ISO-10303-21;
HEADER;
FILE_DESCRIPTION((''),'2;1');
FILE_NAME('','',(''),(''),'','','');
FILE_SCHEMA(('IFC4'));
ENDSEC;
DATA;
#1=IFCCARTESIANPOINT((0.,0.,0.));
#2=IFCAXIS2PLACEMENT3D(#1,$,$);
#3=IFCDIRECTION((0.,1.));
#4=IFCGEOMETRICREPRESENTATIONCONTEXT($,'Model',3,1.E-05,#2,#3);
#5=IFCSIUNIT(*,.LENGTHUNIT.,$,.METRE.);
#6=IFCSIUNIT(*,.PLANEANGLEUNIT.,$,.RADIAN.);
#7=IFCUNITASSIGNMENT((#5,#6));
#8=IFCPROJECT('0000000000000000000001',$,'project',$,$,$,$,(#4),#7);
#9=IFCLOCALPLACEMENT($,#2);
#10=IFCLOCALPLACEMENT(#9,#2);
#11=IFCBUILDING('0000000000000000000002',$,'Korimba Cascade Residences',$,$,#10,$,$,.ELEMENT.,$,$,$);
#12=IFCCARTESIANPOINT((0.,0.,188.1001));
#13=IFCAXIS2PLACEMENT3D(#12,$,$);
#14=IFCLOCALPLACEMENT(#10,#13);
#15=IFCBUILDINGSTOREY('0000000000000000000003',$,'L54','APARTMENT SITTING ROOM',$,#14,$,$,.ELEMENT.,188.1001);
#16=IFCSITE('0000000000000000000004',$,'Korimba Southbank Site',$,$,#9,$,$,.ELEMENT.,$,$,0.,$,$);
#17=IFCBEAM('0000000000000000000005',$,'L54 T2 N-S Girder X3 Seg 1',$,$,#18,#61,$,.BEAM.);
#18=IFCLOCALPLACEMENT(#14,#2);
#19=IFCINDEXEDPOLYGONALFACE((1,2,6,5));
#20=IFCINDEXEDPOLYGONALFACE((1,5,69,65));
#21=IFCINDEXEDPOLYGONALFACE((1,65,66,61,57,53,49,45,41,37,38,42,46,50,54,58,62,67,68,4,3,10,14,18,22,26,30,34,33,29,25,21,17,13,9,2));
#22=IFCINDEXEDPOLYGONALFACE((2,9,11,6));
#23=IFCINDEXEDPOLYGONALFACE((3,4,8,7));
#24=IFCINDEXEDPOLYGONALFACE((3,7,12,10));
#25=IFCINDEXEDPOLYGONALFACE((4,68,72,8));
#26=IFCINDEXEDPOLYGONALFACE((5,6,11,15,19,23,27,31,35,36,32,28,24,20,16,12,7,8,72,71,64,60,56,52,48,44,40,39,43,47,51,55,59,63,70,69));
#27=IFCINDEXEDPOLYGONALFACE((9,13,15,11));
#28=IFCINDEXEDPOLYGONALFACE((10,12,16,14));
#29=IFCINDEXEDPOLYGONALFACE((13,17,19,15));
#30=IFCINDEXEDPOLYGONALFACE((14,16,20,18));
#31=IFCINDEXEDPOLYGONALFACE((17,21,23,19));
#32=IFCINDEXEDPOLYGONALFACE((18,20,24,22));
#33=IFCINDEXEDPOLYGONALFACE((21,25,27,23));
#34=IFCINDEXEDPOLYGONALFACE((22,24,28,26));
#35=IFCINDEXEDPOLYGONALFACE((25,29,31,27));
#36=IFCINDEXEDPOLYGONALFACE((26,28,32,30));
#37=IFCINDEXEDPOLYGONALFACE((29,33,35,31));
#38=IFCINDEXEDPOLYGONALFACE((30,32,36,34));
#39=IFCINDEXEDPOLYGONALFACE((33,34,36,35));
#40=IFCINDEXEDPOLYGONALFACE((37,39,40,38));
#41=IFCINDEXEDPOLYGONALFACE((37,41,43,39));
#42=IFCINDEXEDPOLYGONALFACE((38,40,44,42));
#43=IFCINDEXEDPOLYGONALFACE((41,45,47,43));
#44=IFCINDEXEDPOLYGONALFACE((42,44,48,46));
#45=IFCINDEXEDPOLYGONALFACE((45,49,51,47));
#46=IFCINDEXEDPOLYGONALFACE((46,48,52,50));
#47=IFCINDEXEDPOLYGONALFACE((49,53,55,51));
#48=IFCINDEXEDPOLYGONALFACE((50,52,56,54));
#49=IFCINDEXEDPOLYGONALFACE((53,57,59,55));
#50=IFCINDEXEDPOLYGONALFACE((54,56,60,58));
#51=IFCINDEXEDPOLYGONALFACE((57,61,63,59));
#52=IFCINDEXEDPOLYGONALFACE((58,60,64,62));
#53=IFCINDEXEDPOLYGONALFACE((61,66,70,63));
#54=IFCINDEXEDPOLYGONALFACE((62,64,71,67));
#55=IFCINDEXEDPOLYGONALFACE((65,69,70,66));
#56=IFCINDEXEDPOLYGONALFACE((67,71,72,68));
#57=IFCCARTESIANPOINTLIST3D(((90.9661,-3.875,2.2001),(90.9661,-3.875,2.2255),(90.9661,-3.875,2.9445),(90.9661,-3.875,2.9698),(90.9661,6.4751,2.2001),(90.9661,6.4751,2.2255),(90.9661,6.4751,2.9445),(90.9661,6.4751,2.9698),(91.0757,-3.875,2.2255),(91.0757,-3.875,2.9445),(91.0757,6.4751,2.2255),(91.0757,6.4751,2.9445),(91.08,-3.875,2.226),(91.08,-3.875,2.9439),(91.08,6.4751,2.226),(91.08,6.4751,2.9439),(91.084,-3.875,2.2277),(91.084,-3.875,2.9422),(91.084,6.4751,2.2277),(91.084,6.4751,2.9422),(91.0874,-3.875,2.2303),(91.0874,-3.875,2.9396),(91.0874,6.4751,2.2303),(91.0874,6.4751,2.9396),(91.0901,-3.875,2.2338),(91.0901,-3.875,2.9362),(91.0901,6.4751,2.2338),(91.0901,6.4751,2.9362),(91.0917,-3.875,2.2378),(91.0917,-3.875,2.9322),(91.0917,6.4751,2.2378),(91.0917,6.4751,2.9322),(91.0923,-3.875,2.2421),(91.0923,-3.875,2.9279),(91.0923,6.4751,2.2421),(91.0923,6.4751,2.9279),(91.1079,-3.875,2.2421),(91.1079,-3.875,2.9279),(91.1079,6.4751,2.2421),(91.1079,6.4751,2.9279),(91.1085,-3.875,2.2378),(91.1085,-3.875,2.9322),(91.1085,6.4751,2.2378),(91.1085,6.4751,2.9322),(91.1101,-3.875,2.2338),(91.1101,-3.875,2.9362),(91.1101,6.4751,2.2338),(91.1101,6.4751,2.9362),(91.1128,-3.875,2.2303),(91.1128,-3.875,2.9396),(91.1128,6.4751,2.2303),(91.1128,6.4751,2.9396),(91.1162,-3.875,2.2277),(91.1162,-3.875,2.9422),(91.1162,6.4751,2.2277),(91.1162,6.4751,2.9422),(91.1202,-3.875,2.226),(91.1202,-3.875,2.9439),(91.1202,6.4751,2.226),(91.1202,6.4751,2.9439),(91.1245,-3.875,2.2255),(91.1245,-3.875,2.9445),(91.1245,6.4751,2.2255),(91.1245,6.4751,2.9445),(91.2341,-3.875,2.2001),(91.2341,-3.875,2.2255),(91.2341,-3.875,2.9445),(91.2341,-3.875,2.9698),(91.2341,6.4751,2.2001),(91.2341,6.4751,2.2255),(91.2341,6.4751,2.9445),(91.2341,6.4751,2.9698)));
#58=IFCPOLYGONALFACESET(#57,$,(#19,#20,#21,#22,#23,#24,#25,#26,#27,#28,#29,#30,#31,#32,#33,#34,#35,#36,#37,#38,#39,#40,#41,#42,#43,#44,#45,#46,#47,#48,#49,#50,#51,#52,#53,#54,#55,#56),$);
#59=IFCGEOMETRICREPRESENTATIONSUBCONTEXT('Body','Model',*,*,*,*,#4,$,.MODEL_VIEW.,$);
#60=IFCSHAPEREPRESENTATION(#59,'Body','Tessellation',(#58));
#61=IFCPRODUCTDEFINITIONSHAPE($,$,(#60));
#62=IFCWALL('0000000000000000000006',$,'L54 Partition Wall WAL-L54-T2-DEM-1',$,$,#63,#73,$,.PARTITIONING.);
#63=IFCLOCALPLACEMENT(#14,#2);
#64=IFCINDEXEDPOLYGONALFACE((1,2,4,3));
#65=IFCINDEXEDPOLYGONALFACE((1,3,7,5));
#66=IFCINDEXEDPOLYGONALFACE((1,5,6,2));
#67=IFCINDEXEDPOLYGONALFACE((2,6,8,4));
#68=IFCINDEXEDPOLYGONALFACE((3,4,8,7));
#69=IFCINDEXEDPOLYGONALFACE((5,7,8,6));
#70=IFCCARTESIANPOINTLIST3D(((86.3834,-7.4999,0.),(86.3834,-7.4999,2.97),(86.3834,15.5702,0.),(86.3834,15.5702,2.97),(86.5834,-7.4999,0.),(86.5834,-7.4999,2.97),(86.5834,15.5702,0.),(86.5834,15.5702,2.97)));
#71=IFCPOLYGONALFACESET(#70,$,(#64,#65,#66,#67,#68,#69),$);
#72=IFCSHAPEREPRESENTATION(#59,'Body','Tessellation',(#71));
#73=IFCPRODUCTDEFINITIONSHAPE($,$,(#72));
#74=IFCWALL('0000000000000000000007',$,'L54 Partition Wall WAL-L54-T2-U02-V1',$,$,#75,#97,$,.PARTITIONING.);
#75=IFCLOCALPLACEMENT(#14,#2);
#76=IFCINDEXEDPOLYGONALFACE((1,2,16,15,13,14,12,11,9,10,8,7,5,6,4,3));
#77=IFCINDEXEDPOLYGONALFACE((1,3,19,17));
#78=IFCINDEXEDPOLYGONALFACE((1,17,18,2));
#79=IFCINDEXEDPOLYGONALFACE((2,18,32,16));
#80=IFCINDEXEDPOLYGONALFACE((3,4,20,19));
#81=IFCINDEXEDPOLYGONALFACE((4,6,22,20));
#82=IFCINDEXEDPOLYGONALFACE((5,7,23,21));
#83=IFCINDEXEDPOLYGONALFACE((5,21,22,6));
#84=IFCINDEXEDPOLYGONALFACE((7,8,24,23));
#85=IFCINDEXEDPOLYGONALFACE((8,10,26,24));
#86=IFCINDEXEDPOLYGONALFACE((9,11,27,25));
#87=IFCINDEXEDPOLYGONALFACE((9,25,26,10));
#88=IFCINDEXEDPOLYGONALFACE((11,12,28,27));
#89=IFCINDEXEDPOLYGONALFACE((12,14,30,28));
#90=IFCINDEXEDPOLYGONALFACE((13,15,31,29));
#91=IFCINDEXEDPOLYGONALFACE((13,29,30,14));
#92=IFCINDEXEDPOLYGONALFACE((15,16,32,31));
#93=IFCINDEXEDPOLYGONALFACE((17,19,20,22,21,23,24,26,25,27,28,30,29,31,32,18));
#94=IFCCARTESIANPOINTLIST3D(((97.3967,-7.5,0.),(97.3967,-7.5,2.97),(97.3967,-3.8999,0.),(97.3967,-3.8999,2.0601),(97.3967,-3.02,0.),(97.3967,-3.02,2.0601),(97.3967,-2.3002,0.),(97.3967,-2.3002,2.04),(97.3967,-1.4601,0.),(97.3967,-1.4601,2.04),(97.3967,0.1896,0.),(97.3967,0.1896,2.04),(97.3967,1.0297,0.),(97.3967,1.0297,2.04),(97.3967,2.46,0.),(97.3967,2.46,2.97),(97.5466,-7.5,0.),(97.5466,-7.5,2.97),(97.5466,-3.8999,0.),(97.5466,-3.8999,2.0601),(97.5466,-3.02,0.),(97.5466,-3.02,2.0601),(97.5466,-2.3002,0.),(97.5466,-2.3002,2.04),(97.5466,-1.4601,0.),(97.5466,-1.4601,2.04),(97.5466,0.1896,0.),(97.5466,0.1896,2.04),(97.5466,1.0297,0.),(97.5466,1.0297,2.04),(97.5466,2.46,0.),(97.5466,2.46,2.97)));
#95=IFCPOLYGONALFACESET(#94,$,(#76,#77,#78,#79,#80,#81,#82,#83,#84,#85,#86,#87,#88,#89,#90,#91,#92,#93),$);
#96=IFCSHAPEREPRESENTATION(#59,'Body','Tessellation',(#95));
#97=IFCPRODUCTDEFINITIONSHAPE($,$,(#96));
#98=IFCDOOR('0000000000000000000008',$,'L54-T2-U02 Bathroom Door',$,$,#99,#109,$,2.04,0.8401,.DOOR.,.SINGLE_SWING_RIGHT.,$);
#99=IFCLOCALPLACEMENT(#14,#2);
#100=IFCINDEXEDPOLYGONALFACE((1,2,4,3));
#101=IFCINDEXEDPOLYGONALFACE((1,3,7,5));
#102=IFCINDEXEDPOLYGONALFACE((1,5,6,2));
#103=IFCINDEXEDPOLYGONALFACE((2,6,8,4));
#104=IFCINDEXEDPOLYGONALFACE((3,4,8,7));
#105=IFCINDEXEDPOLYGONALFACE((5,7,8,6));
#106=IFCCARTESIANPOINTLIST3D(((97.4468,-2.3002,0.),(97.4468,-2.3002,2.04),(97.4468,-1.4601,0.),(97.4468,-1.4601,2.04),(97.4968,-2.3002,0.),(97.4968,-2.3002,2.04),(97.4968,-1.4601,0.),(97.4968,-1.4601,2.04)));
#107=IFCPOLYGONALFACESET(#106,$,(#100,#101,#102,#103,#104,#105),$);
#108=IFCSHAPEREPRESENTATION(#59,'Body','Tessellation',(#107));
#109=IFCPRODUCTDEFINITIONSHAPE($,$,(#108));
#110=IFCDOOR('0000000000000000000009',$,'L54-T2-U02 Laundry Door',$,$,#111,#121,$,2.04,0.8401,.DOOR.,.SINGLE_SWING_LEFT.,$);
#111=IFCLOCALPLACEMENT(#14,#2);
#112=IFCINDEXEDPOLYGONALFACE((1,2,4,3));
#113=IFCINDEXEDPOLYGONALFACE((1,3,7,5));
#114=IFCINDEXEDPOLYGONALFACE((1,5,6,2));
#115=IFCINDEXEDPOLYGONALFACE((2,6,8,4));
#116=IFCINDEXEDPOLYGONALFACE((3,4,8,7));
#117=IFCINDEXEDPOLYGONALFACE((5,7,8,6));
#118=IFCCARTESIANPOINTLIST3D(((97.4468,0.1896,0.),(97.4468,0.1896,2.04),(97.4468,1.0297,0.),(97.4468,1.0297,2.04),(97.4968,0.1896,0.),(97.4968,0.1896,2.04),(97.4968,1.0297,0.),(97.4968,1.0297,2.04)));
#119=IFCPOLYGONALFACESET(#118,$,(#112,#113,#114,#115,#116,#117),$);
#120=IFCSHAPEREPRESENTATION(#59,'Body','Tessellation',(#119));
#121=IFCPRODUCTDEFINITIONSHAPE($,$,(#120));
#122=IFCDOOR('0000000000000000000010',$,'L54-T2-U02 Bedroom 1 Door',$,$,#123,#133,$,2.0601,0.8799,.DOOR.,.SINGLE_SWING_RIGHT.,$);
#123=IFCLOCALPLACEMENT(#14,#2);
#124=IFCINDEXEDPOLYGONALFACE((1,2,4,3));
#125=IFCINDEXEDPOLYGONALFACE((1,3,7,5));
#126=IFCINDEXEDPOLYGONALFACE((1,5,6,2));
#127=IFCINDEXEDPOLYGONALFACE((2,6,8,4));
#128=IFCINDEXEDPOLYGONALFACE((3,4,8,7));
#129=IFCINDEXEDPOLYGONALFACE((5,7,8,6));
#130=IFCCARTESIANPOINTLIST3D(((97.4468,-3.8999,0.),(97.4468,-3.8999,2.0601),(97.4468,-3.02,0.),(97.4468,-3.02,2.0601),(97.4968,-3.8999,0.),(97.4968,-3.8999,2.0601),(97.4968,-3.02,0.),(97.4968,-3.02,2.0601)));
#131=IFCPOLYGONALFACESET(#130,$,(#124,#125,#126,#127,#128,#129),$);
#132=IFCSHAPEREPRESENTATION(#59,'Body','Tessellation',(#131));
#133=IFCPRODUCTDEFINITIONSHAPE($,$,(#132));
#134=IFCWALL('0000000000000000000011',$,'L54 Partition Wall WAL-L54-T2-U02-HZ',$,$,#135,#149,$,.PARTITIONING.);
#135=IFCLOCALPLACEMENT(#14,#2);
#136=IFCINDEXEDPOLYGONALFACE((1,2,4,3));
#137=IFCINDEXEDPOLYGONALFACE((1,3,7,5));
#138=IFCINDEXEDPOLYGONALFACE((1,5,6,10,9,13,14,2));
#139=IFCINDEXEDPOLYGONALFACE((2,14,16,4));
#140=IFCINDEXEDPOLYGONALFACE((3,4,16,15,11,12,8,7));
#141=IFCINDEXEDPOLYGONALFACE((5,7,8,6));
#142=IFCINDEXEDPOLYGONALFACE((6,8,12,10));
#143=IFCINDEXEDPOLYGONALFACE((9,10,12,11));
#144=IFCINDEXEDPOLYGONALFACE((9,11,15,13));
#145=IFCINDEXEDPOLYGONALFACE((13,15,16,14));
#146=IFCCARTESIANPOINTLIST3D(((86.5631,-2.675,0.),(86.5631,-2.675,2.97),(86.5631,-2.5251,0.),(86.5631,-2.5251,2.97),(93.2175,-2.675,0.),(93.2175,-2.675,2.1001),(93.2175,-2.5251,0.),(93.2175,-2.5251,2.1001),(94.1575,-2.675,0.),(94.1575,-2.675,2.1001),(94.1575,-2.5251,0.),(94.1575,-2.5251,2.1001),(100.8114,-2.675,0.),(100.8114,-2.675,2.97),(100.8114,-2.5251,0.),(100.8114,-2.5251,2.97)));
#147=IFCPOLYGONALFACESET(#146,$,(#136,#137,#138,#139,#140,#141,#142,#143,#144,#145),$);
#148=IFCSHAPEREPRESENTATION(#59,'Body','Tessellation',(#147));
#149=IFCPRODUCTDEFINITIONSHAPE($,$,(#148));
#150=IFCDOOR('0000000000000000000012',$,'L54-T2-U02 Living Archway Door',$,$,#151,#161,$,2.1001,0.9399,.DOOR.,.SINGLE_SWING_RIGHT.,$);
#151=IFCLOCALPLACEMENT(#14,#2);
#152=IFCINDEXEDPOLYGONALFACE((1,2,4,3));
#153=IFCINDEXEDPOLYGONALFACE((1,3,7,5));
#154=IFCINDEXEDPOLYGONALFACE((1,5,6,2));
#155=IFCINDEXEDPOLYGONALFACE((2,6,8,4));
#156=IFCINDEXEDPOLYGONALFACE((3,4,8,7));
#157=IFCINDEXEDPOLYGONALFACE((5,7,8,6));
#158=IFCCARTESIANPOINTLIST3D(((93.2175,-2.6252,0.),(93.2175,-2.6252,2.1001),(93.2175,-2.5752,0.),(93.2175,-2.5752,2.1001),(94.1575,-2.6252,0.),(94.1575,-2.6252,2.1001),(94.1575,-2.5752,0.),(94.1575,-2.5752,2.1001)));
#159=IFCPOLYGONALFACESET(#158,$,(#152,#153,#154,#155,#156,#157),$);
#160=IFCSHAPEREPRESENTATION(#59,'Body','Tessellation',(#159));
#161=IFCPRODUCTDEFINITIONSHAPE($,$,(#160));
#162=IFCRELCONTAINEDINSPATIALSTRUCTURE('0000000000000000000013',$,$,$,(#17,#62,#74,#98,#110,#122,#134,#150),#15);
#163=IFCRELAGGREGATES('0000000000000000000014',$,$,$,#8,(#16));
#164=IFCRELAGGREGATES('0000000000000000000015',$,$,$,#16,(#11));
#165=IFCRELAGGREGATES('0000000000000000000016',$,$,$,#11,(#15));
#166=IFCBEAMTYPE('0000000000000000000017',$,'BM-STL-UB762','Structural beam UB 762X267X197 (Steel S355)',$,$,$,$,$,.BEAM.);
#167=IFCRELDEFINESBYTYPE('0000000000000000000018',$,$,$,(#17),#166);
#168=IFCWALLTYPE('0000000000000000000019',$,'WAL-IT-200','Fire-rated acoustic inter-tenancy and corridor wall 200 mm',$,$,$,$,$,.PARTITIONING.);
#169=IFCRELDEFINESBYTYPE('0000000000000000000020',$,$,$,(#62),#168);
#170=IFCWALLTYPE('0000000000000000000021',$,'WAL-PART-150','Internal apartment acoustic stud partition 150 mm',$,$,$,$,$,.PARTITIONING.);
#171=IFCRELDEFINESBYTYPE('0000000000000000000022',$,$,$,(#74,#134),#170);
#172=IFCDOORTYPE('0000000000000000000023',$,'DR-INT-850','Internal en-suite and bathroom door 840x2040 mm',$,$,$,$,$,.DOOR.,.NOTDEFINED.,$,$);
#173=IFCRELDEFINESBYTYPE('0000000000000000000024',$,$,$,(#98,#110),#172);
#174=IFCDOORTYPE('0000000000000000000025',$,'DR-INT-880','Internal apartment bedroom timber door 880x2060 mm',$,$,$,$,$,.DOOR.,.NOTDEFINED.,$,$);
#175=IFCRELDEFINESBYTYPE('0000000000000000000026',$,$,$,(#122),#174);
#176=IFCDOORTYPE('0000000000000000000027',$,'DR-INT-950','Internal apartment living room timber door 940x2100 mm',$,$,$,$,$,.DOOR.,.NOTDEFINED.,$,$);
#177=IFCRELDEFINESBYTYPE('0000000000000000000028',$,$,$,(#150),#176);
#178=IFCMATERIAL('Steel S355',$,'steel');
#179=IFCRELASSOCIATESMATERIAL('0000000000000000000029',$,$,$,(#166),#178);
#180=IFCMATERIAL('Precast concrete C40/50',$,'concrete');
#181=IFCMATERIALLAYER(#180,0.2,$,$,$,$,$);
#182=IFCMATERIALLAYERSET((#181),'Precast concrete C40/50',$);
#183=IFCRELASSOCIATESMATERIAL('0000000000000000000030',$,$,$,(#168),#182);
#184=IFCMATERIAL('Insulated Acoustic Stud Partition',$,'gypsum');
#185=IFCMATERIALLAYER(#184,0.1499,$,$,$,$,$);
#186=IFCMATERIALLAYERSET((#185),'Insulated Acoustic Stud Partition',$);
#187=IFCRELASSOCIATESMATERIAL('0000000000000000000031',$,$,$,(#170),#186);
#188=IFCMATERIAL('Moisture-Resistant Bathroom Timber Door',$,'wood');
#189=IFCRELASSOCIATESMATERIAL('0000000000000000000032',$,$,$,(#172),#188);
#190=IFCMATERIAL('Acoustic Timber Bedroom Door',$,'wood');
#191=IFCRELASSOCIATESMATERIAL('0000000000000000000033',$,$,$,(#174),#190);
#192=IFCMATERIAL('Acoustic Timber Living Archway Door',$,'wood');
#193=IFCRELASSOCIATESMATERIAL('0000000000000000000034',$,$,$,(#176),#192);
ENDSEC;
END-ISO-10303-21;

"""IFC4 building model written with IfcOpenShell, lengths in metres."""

from ifc_helpers import new_model, si_unit, direction, frame, frame_2d, origin, origin_2d, place, context, subcontext, project, spatial, rectangle, i_section, extrude, material, layer, layer_set, material_profile, profile_set, type_object, element, fill, save


model = new_model("IFC4")

# Units and contexts
model_context = context("Model", 3, precision=1e-05, world=origin(), true_north=direction((0.0, 1.0)))
body_context = subcontext(model_context, "Body", "Model", "MODEL_VIEW")
ifc_project = project(units=[si_unit("LENGTHUNIT", "METRE"), si_unit("PLANEANGLEUNIT", "RADIAN")], contexts=[model_context])

# Site, building, storey
site_placement = place(None, origin())
site = spatial("IfcSite", under=ifc_project, at=site_placement, Name="Korimba Southbank Site", CompositionType="ELEMENT", RefElevation=0.0)
building_placement = place(site_placement, origin())
building = spatial("IfcBuilding", under=site, at=building_placement, Name="Korimba Cascade Residences", CompositionType="ELEMENT")
storey_placement = place(building_placement, frame((0.0, 0.0, 188.1001)))
storey = spatial("IfcBuildingStorey", under=building, at=storey_placement, Name="L54", Description="APARTMENT SITTING ROOM", CompositionType="ELEMENT", Elevation=188.1001)

# Beam
ifc_material_1 = material(Name="Steel S355", Category="steel")
ifc_material_profile_1 = material_profile(ifc_material_1, i_section(OverallWidth=0.2681, OverallDepth=0.7698, WebThickness=0.0156, FlangeThickness=0.0254, FilletRadius=0.0166, at=origin_2d()), Name="Steel S355")
ifc_profile_set_1 = profile_set([ifc_material_profile_1], Name="Steel S355")
beam_type_1 = type_object("IfcBeamType", Name="BM-STL-UB762", Description="Structural beam UB 762X267X197 (Steel S355)", PredefinedType="BEAM", material=ifc_profile_set_1)
for number, where, z_axis, x_axis, name in (
    (1, (91.1001, -3.875, 2.585), (0.0, 1.0, 0.0), (-1.0, 0.0, 0.0), "L54 T2 N-S Girder X3 Seg 1"),
):
    element("IfcBeam", number, at=place(storey_placement, frame(where, z_axis=z_axis, x_axis=x_axis)), inside=storey, type_object=beam_type_1, Name=name, PredefinedType="BEAM", context=body_context, shape_type="SweptSolid", body=[
        extrude(i_section(OverallWidth=0.2681, OverallDepth=0.7698, WebThickness=0.0156, FlangeThickness=0.0254, FilletRadius=0.0166, at=origin_2d()), origin(), (0.0, 0.0, 1.0), 10.3501),
    ])

# Wall
ifc_material_2 = material(Name="Precast concrete C40/50", Category="concrete")
ifc_layer_1 = layer(ifc_material_2, 0.2)
ifc_layer_set_1 = layer_set([ifc_layer_1], Name="Precast concrete C40/50")
wall_type_1 = type_object("IfcWallType", Name="WAL-IT-200", Description="Fire-rated acoustic inter-tenancy and corridor wall 200 mm", PredefinedType="PARTITIONING", material=ifc_layer_set_1)
wall_1_placement = place(storey_placement, frame((86.4834, -7.5, 0.0), z_axis=(0.0, 0.0, 1.0), x_axis=(0.0, 1.0, 0.0)))
element("IfcWall", 2, at=wall_1_placement, inside=storey, type_object=wall_type_1, Name="L54 Partition Wall WAL-L54-T2-DEM-1", PredefinedType="PARTITIONING", context=body_context, shape_type="SweptSolid", body=[
    extrude(rectangle(XDim=23.0701, YDim=0.2, at=frame_2d((11.5352, 0.0))), origin(), (0.0, 0.0, 1.0), 2.97),
])

# Wall, openings, doors
ifc_material_3 = material(Name="Insulated Acoustic Stud Partition", Category="gypsum")
ifc_layer_2 = layer(ifc_material_3, 0.1499)
ifc_layer_set_2 = layer_set([ifc_layer_2], Name="Insulated Acoustic Stud Partition")
wall_type_2 = type_object("IfcWallType", Name="WAL-PART-150", Description="Internal apartment acoustic stud partition 150 mm", PredefinedType="PARTITIONING", material=ifc_layer_set_2)
wall_2_placement = place(storey_placement, frame((97.4717, -7.5, 0.0), z_axis=(0.0, 0.0, 1.0), x_axis=(0.0, 1.0, 0.0)))
wall_2 = element("IfcWall", 3, at=wall_2_placement, inside=storey, type_object=wall_type_2, Name="L54 Partition Wall WAL-L54-T2-U02-V1", PredefinedType="PARTITIONING", context=body_context, shape_type="SweptSolid", body=[
    extrude(rectangle(XDim=9.96, YDim=0.1499, at=frame_2d((4.98, 0.0))), origin(), (0.0, 0.0, 1.0), 2.97),
])
opening_1_placement = place(wall_2_placement, frame((5.2, 0.0, 0.0)))
opening_1 = element("IfcOpeningElement", 4, at=opening_1_placement, cuts=wall_2, PredefinedType="OPENING", context=body_context, shape_type="SweptSolid", body=[
    extrude(rectangle(XDim=0.8401, YDim=2.04, at=frame_2d((0.4199, 1.02))), frame((0.0, 0.085, 0.0), z_axis=(0.0, -1.0, 0.0), x_axis=(1.0, 0.0, 0.0)), (0.0, 0.0, 1.0), 0.1699),
])
opening_2_placement = place(wall_2_placement, frame((7.6897, 0.0, 0.0)))
opening_2 = element("IfcOpeningElement", 5, at=opening_2_placement, cuts=wall_2, PredefinedType="OPENING", context=body_context, shape_type="SweptSolid", body=[
    extrude(rectangle(XDim=0.8401, YDim=2.04, at=frame_2d((0.4199, 1.02))), frame((0.0, 0.085, 0.0), z_axis=(0.0, -1.0, 0.0), x_axis=(1.0, 0.0, 0.0)), (0.0, 0.0, 1.0), 0.1699),
])
opening_3_placement = place(wall_2_placement, frame((3.6001, 0.0, 0.0)))
opening_3 = element("IfcOpeningElement", 6, at=opening_3_placement, cuts=wall_2, PredefinedType="OPENING", context=body_context, shape_type="SweptSolid", body=[
    extrude(rectangle(XDim=0.8799, YDim=2.0601, at=frame_2d((0.4399, 1.03))), frame((0.0, 0.085, 0.0), z_axis=(0.0, -1.0, 0.0), x_axis=(1.0, 0.0, 0.0)), (0.0, 0.0, 1.0), 0.1699),
])
ifc_material_4 = material(Name="Moisture-Resistant Bathroom Timber Door", Category="wood")
door_type_1 = type_object("IfcDoorType", Name="DR-INT-850", Description="Internal en-suite and bathroom door 840x2040 mm", OperationType="NOTDEFINED", PredefinedType="DOOR", material=ifc_material_4)
door_1_placement = place(opening_1_placement, origin())
door_1 = element("IfcDoor", 7, at=door_1_placement, inside=storey, type_object=door_type_1, Name="L54-T2-U02 Bathroom Door", OperationType="SINGLE_SWING_RIGHT", OverallHeight=2.04, OverallWidth=0.8401, PredefinedType="DOOR", context=body_context, shape_type="SweptSolid", body=[
    extrude(rectangle(XDim=0.8401, YDim=2.04, at=frame_2d((0.4199, 1.02))), frame((0.0, 0.0249, 0.0), z_axis=(0.0, -1.0, 0.0), x_axis=(1.0, 0.0, 0.0)), (0.0, 0.0, 1.0), 0.05),
])
fill(opening_1, door_1)
door_2_placement = place(opening_2_placement, origin())
door_2 = element("IfcDoor", 8, at=door_2_placement, inside=storey, type_object=door_type_1, Name="L54-T2-U02 Laundry Door", OperationType="SINGLE_SWING_LEFT", OverallHeight=2.04, OverallWidth=0.8401, PredefinedType="DOOR", context=body_context, shape_type="SweptSolid", body=[
    extrude(rectangle(XDim=0.8401, YDim=2.04, at=frame_2d((0.4199, 1.02))), frame((0.0, 0.0249, 0.0), z_axis=(0.0, -1.0, 0.0), x_axis=(1.0, 0.0, 0.0)), (0.0, 0.0, 1.0), 0.05),
])
fill(opening_2, door_2)
ifc_material_5 = material(Name="Acoustic Timber Bedroom Door", Category="wood")
door_type_2 = type_object("IfcDoorType", Name="DR-INT-880", Description="Internal apartment bedroom timber door 880x2060 mm", OperationType="NOTDEFINED", PredefinedType="DOOR", material=ifc_material_5)
door_3_placement = place(opening_3_placement, origin())
door_3 = element("IfcDoor", 9, at=door_3_placement, inside=storey, type_object=door_type_2, Name="L54-T2-U02 Bedroom 1 Door", OperationType="SINGLE_SWING_RIGHT", OverallHeight=2.0601, OverallWidth=0.8799, PredefinedType="DOOR", context=body_context, shape_type="SweptSolid", body=[
    extrude(rectangle(XDim=0.8799, YDim=2.0601, at=frame_2d((0.4399, 1.03))), frame((0.0, 0.0249, 0.0), z_axis=(0.0, -1.0, 0.0), x_axis=(1.0, 0.0, 0.0)), (0.0, 0.0, 1.0), 0.05),
])
fill(opening_3, door_3)

# Wall, opening, door
wall_3_placement = place(storey_placement, frame((86.5632, -2.6001, 0.0), z_axis=(0.0, 0.0, 1.0), x_axis=(1.0, 0.0, 0.0)))
wall_3 = element("IfcWall", 10, at=wall_3_placement, inside=storey, type_object=wall_type_2, Name="L54 Partition Wall WAL-L54-T2-U02-HZ", PredefinedType="PARTITIONING", context=body_context, shape_type="SweptSolid", body=[
    extrude(rectangle(XDim=14.2483, YDim=0.1499, at=frame_2d((7.124, 0.0))), origin(), (0.0, 0.0, 1.0), 2.97),
])
opening_4_placement = place(wall_3_placement, frame((6.6543, 0.0, 0.0)))
opening_4 = element("IfcOpeningElement", 11, at=opening_4_placement, cuts=wall_3, PredefinedType="OPENING", context=body_context, shape_type="SweptSolid", body=[
    extrude(rectangle(XDim=0.9399, YDim=2.1001, at=frame_2d((0.47, 1.05))), frame((0.0, 0.085, 0.0), z_axis=(0.0, -1.0, 0.0), x_axis=(1.0, 0.0, 0.0)), (0.0, 0.0, 1.0), 0.1699),
])
ifc_material_6 = material(Name="Acoustic Timber Living Archway Door", Category="wood")
door_type_3 = type_object("IfcDoorType", Name="DR-INT-950", Description="Internal apartment living room timber door 940x2100 mm", OperationType="NOTDEFINED", PredefinedType="DOOR", material=ifc_material_6)
door_4_placement = place(opening_4_placement, origin())
door_4 = element("IfcDoor", 12, at=door_4_placement, inside=storey, type_object=door_type_3, Name="L54-T2-U02 Living Archway Door", OperationType="SINGLE_SWING_RIGHT", OverallHeight=2.1001, OverallWidth=0.9399, PredefinedType="DOOR", context=body_context, shape_type="SweptSolid", body=[
    extrude(rectangle(XDim=0.9399, YDim=2.1001, at=frame_2d((0.47, 1.05))), frame((0.0, 0.0249, 0.0), z_axis=(0.0, -1.0, 0.0), x_axis=(1.0, 0.0, 0.0)), (0.0, 0.0, 1.0), 0.05),
])
fill(opening_4, door_4)

save(model, "model.ifc")
